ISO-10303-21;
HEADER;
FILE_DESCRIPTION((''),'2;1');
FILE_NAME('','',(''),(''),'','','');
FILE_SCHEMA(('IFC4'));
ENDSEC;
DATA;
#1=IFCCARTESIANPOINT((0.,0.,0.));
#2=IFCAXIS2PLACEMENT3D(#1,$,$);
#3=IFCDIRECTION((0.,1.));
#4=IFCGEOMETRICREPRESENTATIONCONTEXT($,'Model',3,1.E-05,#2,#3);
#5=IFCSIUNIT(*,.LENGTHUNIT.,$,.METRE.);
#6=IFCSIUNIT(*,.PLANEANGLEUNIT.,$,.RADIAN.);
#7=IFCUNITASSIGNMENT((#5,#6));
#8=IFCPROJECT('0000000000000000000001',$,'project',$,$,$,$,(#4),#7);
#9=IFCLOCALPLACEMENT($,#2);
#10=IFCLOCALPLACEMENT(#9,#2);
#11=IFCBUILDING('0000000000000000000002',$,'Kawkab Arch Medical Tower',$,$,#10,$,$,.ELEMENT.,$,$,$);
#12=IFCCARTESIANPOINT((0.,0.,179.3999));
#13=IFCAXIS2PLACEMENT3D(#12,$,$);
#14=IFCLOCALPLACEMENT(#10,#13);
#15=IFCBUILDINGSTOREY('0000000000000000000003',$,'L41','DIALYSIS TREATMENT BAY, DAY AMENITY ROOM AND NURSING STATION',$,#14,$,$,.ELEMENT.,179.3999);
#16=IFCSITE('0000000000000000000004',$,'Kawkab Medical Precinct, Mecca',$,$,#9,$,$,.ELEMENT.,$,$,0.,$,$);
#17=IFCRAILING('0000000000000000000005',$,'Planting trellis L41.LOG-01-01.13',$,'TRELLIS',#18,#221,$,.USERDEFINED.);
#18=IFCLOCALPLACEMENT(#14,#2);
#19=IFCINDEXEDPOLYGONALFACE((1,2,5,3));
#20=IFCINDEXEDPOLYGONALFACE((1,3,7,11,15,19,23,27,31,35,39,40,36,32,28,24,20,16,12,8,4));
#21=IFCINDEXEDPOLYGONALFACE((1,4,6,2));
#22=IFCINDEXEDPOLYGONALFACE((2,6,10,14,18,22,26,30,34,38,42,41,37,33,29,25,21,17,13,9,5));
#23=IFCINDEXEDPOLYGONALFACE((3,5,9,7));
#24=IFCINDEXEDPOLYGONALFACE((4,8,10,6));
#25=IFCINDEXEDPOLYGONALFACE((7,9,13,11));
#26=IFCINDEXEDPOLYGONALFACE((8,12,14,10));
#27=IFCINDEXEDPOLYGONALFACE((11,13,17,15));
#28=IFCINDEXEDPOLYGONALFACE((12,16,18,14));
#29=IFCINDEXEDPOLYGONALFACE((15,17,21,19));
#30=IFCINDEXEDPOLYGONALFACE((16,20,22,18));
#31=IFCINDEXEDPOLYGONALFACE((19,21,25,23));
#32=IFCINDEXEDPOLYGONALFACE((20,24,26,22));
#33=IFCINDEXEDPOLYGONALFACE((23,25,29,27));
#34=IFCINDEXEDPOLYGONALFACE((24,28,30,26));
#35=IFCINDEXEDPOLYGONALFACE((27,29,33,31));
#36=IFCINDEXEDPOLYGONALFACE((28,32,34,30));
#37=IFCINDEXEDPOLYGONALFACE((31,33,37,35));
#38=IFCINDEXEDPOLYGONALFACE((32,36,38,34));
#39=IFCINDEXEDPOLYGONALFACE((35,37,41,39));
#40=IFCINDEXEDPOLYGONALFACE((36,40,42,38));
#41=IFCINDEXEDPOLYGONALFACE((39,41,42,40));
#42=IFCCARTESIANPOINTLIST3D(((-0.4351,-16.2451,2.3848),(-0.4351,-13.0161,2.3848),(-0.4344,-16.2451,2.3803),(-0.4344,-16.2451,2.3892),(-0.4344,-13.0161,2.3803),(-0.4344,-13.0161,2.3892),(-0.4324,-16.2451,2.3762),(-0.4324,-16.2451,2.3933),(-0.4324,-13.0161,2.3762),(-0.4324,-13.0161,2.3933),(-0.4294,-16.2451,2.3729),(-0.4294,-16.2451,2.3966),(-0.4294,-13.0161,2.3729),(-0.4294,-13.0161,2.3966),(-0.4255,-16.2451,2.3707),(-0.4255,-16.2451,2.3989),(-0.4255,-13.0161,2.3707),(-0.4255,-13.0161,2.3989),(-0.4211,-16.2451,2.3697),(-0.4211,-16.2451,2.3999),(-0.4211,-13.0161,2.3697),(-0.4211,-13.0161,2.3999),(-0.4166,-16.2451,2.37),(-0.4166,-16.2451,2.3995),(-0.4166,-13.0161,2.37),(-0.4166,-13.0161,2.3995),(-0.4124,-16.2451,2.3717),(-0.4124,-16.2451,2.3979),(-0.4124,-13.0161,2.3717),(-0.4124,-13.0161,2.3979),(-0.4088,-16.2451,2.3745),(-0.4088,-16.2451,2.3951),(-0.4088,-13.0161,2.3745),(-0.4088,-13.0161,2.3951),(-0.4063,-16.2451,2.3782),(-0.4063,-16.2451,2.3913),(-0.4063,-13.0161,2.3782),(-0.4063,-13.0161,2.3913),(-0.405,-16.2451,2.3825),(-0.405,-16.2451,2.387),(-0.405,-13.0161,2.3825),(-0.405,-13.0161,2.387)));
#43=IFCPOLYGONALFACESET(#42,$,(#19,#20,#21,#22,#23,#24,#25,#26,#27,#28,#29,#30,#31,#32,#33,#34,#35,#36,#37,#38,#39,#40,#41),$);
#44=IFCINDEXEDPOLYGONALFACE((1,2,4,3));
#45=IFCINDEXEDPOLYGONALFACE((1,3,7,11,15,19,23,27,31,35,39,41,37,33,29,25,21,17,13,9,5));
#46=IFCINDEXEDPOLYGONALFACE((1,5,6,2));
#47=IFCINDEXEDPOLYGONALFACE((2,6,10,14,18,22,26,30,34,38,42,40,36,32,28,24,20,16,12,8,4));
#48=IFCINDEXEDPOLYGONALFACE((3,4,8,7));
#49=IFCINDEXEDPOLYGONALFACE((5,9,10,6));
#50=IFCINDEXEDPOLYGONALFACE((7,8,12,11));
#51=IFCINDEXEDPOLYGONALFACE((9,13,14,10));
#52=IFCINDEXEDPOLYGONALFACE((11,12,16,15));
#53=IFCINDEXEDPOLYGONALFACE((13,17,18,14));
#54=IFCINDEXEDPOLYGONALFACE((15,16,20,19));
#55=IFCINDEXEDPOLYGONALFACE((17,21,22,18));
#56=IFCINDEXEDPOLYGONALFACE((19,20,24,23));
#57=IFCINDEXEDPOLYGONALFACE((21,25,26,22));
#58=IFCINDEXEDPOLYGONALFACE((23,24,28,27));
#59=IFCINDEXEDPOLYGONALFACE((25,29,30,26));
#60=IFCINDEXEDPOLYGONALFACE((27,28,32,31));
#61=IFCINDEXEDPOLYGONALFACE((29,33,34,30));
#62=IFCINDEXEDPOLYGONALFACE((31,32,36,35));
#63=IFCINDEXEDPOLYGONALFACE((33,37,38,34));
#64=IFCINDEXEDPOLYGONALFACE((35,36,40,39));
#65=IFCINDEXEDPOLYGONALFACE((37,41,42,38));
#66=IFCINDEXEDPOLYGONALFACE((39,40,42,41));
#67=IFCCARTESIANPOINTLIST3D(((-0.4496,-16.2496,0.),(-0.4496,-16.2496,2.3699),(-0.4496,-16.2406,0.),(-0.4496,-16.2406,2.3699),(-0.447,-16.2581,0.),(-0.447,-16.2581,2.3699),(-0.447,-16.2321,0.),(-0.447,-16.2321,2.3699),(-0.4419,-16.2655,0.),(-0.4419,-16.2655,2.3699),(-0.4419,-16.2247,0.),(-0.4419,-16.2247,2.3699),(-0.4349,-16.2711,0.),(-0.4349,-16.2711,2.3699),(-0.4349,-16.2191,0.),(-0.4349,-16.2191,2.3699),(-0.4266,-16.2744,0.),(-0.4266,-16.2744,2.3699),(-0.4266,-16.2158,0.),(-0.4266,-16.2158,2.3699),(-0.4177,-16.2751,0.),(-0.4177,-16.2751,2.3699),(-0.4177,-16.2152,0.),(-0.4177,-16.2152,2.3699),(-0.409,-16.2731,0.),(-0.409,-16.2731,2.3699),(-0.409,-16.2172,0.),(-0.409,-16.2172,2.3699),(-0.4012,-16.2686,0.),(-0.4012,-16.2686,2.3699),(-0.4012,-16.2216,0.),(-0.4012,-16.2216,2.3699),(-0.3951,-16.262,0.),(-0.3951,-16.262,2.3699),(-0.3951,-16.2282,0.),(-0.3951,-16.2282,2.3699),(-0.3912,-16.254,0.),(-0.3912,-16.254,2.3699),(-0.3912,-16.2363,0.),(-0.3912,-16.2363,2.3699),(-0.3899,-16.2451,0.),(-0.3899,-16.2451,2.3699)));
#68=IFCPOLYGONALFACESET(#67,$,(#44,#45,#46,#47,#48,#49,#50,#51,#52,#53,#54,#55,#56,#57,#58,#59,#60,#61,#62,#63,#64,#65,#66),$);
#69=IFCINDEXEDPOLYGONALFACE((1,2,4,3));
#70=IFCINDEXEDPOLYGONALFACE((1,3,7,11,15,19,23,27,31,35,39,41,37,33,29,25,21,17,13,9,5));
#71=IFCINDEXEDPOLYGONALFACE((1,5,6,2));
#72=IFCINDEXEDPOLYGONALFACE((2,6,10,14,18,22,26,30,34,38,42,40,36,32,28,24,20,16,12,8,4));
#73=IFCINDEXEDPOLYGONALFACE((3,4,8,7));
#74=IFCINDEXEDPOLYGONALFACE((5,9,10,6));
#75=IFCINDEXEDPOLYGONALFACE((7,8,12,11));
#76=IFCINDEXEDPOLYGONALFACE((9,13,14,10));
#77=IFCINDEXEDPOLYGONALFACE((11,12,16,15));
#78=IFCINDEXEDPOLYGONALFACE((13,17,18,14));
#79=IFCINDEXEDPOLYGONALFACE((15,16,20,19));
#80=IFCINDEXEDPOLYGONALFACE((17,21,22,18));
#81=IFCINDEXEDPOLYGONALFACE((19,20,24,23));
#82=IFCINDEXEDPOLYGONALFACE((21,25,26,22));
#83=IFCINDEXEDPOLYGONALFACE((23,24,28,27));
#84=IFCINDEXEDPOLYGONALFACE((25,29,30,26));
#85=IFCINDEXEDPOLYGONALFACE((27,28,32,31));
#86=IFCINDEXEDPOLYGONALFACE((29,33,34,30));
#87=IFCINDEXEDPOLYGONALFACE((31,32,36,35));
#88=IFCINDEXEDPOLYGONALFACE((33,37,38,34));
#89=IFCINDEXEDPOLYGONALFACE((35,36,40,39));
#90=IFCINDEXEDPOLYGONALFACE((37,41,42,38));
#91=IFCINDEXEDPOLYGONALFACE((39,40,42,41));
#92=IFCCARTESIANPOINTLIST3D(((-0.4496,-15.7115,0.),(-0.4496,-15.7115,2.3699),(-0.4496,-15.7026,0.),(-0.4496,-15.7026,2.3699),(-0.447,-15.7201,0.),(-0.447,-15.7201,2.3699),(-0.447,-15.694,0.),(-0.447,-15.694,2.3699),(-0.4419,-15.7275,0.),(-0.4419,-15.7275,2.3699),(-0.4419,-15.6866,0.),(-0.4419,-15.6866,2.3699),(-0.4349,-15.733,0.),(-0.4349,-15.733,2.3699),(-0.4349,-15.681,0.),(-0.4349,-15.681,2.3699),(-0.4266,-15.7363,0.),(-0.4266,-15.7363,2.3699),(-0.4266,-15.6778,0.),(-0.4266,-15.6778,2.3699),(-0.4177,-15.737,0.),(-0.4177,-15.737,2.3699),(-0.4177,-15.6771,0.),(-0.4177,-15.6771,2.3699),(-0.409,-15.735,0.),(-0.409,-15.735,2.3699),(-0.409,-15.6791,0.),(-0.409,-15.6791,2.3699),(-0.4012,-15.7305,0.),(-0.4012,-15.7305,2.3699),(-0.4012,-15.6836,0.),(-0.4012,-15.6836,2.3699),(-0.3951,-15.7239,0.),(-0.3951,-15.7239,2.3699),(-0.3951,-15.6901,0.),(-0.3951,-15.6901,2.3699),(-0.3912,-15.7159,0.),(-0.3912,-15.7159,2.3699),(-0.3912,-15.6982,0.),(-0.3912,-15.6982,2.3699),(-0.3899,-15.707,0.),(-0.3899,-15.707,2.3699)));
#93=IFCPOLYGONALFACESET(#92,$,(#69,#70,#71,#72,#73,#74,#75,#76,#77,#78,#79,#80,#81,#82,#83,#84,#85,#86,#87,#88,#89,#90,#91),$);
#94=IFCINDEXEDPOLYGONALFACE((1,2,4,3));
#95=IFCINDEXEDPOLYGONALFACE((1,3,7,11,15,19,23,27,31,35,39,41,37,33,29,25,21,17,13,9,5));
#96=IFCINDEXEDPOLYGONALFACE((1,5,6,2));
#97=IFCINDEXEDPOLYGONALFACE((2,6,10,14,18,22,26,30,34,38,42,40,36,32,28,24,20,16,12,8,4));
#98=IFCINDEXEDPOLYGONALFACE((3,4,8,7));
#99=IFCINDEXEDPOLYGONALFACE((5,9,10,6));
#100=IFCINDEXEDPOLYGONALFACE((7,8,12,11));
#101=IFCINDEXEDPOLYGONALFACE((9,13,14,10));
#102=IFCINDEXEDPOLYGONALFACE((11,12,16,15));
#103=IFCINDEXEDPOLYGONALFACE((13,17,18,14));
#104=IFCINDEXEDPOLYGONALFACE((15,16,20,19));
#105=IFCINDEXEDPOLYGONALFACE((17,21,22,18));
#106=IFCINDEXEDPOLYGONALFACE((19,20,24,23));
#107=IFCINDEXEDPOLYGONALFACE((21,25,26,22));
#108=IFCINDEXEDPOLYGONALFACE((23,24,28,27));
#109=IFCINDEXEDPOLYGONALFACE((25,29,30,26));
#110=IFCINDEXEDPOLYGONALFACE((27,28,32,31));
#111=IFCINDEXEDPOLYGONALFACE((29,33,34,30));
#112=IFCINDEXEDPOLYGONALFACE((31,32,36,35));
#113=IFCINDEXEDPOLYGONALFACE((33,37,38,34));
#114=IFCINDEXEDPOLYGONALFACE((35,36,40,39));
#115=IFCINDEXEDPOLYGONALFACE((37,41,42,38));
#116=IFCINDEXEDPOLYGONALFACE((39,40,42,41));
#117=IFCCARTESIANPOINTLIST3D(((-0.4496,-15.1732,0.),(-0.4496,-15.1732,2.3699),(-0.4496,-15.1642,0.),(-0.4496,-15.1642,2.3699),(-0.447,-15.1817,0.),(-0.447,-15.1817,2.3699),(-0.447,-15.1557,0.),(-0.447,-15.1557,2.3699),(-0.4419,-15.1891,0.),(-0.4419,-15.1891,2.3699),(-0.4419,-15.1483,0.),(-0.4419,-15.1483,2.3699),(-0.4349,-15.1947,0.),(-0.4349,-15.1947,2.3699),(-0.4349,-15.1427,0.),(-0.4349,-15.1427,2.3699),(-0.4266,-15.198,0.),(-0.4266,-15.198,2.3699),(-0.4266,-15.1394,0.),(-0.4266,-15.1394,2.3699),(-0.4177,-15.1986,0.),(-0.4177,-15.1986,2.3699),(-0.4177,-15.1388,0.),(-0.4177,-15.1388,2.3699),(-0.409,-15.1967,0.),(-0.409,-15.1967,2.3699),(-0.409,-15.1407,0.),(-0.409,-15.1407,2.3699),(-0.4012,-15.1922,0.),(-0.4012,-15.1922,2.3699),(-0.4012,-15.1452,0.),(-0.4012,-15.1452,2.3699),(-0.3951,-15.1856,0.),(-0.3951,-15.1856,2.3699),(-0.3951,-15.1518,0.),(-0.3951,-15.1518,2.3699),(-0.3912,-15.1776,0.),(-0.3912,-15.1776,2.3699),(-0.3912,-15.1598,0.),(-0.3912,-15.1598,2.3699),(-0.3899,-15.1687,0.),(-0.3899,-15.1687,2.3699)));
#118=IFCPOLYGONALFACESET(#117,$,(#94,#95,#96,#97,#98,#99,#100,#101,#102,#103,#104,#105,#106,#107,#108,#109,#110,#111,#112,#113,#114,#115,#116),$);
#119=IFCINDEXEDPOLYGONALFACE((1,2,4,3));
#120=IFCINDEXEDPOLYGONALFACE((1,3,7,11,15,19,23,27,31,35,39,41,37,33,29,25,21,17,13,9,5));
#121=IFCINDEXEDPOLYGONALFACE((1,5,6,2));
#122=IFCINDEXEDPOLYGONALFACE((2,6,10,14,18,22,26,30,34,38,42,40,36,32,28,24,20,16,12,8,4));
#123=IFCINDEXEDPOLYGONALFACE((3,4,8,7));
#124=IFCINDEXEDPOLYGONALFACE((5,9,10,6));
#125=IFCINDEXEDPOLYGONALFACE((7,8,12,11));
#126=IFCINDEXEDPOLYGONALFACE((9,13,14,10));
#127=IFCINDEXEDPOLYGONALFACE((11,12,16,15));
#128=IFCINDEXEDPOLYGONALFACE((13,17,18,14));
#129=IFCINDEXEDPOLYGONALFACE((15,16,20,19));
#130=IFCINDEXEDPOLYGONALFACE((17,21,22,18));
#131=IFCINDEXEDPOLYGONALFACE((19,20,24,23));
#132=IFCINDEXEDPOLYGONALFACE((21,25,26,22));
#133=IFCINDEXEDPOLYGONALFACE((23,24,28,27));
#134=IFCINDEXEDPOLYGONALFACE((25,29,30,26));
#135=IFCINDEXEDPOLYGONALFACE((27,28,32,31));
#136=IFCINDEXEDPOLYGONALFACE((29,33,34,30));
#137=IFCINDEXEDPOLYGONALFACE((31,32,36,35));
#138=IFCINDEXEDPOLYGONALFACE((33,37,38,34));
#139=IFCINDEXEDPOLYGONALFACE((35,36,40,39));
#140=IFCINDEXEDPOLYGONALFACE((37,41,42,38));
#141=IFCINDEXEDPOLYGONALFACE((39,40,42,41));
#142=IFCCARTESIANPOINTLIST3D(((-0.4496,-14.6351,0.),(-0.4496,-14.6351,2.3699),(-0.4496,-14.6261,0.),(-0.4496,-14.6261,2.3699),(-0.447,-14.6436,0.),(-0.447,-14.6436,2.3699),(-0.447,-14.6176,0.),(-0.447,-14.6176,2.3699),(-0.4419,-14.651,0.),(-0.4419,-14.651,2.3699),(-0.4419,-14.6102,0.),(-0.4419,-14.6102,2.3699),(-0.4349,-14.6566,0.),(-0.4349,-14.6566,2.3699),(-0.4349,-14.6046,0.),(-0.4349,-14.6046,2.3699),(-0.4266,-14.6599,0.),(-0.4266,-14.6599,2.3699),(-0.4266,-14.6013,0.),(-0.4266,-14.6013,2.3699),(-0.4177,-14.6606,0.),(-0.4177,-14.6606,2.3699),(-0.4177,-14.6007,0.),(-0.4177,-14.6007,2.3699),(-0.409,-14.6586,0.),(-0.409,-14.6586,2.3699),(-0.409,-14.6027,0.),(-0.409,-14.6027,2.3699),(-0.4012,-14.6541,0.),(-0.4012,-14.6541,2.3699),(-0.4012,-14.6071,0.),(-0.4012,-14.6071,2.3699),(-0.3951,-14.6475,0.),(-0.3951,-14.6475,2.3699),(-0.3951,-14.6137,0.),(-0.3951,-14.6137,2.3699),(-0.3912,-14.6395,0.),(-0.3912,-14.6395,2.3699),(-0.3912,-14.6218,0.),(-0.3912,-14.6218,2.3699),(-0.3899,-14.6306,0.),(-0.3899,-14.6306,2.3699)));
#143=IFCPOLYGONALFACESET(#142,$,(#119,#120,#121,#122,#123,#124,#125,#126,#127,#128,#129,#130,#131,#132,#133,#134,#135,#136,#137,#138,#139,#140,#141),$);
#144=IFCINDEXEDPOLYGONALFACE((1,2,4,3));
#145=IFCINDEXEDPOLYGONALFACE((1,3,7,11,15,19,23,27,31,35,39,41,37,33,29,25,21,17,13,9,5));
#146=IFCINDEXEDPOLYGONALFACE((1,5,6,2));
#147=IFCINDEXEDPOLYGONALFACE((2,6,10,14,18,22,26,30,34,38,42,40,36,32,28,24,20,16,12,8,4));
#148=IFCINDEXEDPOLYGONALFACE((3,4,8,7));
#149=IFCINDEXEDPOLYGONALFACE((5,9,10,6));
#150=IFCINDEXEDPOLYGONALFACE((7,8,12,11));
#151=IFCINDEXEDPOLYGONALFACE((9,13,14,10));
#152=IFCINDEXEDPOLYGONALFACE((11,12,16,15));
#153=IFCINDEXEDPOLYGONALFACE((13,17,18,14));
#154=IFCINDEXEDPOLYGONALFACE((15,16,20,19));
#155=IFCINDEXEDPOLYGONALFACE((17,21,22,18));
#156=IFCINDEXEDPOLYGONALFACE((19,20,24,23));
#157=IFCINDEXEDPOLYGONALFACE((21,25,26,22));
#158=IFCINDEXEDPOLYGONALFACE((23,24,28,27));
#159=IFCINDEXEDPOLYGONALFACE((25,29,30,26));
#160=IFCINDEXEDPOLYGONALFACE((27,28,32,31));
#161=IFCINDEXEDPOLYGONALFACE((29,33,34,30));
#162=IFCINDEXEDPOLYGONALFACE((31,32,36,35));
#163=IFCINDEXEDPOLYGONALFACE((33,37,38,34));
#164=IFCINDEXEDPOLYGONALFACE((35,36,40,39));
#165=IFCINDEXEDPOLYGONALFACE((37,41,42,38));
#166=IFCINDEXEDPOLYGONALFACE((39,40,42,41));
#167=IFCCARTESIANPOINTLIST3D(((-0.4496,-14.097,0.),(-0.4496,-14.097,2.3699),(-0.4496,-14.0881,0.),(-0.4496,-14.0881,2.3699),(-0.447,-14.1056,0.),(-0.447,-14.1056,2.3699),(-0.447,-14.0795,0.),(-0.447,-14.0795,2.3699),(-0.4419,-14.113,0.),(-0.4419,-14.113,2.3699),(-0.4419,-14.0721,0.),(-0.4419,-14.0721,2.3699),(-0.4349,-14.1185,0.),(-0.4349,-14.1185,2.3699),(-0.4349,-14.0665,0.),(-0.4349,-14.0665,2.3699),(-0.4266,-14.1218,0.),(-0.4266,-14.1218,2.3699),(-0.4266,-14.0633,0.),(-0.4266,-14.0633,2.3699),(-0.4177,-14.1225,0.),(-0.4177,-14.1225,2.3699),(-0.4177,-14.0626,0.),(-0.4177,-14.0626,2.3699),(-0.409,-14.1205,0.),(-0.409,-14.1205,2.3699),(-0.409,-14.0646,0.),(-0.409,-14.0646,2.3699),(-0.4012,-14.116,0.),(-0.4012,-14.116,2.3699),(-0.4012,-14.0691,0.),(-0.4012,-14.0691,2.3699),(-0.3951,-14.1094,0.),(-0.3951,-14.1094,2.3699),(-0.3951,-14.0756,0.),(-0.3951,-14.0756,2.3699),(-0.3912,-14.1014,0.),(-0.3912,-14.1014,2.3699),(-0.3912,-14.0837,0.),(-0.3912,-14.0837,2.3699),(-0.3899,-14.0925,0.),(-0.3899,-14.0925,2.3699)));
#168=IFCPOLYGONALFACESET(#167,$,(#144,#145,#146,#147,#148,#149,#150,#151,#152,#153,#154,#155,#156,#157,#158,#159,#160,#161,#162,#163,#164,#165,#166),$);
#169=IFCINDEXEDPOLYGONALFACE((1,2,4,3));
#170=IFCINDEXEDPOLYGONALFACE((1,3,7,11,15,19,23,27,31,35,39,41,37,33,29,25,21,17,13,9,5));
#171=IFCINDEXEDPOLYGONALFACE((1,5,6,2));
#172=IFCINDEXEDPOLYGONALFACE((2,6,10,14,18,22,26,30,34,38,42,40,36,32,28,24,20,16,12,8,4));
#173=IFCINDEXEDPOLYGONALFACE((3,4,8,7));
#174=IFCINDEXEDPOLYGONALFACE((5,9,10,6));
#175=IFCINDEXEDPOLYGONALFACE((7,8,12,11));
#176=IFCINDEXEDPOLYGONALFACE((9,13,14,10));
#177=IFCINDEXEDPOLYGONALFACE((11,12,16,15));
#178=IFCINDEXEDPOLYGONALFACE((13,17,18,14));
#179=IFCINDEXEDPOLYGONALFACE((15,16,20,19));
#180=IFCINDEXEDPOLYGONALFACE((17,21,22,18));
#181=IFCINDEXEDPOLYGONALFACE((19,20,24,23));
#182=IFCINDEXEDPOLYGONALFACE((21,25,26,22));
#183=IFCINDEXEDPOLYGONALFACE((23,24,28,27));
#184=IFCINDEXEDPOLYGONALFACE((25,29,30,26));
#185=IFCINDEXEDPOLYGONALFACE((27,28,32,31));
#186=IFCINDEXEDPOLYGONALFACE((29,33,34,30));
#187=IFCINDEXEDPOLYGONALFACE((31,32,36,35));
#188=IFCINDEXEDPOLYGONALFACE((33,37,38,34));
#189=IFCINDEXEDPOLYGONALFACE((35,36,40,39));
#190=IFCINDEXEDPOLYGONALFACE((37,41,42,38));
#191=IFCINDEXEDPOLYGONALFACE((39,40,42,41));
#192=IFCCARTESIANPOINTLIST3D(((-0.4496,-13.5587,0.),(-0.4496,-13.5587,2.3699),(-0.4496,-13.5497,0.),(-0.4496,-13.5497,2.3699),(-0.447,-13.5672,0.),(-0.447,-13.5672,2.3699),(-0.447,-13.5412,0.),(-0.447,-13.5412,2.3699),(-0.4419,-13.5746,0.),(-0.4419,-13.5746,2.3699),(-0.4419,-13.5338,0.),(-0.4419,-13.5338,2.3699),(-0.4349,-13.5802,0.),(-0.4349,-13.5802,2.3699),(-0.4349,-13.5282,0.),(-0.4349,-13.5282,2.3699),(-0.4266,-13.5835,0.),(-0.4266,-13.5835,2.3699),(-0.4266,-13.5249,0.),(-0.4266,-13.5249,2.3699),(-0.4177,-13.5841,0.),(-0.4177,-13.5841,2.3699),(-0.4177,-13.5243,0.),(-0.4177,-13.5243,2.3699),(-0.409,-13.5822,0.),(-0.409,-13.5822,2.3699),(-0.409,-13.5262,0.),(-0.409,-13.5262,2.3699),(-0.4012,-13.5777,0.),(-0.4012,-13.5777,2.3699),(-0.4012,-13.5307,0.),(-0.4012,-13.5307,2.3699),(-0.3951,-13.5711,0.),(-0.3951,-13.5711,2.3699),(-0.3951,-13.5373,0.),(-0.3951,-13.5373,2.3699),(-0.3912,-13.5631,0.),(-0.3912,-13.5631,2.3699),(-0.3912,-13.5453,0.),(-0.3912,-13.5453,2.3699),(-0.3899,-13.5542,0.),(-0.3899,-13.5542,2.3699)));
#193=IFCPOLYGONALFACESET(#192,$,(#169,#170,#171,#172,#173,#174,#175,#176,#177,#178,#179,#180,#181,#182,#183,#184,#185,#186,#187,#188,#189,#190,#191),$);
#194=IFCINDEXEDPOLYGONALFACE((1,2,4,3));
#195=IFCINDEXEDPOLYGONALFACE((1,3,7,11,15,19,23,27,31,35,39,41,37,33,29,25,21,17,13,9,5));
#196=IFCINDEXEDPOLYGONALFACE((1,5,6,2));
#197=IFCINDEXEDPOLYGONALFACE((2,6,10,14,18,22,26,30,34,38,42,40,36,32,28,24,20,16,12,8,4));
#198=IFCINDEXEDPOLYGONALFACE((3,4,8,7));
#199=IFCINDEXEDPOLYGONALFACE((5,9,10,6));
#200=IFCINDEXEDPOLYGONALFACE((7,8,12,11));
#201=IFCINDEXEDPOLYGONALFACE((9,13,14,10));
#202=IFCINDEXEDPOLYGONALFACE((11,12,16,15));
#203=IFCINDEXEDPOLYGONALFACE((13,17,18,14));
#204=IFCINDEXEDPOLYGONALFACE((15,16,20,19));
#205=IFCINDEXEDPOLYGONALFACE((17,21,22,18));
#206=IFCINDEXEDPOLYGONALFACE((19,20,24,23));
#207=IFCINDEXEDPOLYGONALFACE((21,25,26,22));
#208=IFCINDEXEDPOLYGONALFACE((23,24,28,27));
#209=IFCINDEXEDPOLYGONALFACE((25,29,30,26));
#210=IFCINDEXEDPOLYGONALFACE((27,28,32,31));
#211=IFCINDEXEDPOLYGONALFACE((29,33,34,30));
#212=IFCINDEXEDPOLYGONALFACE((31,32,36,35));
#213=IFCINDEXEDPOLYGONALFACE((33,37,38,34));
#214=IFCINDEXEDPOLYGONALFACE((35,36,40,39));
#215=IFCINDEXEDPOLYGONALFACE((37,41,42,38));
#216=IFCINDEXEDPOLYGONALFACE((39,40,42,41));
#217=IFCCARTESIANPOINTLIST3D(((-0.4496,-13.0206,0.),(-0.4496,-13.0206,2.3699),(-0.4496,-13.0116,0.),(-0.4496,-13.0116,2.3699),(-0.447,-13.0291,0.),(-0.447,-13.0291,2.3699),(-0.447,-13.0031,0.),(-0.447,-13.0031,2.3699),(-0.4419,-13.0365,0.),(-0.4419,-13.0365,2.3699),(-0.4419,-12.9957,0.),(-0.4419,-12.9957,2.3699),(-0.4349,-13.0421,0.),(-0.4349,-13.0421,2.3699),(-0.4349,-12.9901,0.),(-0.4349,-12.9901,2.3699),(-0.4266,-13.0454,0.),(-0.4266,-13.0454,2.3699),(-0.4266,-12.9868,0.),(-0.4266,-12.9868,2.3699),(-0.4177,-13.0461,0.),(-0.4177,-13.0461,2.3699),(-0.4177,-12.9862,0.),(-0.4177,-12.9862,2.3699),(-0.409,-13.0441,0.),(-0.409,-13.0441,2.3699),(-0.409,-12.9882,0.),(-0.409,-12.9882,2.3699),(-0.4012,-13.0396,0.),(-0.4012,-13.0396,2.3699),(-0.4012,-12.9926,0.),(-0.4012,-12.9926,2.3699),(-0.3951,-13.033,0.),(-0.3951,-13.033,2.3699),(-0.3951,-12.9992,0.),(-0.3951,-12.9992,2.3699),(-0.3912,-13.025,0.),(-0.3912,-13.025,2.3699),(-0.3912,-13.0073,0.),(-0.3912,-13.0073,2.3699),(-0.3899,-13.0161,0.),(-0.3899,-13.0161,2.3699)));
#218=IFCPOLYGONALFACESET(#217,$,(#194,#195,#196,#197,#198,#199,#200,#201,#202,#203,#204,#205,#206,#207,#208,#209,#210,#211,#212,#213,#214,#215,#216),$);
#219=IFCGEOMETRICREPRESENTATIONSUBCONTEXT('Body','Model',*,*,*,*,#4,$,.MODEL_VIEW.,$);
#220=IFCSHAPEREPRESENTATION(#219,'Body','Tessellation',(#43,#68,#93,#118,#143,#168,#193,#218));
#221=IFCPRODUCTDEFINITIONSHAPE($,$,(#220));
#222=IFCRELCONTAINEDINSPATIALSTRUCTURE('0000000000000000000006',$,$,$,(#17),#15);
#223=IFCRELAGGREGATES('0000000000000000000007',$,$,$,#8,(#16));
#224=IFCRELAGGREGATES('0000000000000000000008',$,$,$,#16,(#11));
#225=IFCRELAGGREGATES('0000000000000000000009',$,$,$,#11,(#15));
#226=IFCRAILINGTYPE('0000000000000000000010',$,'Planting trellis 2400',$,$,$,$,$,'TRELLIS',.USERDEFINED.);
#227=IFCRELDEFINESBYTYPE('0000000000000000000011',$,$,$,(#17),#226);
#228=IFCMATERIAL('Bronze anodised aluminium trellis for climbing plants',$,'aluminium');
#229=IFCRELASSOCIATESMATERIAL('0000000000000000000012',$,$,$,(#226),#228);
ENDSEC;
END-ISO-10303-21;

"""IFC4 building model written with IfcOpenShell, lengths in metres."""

from ifc_helpers import new_model, si_unit, direction, frame, origin, origin_2d, place, context, subcontext, project, spatial, circle, extrude, material, type_object, element, save


model = new_model("IFC4")

# Units and contexts
model_context = context("Model", 3, precision=1e-05, world=origin(), true_north=direction((0.0, 1.0)))
body_context = subcontext(model_context, "Body", "Model", "MODEL_VIEW")
ifc_project = project(units=[si_unit("LENGTHUNIT", "METRE"), si_unit("PLANEANGLEUNIT", "RADIAN")], contexts=[model_context])

# Site, building, storey
site_placement = place(None, origin())
site = spatial("IfcSite", under=ifc_project, at=site_placement, Name="Kawkab Medical Precinct, Mecca", CompositionType="ELEMENT", RefElevation=0.0)
building_placement = place(site_placement, origin())
building = spatial("IfcBuilding", under=site, at=building_placement, Name="Kawkab Arch Medical Tower", CompositionType="ELEMENT")
storey_placement = place(building_placement, frame((0.0, 0.0, 179.3999)))
storey = spatial("IfcBuildingStorey", under=building, at=storey_placement, Name="L41", Description="DIALYSIS TREATMENT BAY, DAY AMENITY ROOM AND NURSING STATION", CompositionType="ELEMENT", Elevation=179.3999)

# Railing
ifc_material_1 = material(Name="Bronze anodised aluminium trellis for climbing plants", Category="aluminium")
railing_type_1 = type_object("IfcRailingType", Name="Planting trellis 2400", ElementType="TRELLIS", PredefinedType="USERDEFINED", material=ifc_material_1)
railing_1_placement = place(storey_placement, frame((-0.4199, -16.2451, 0.0)))
element("IfcRailing", 1, at=railing_1_placement, inside=storey, type_object=railing_type_1, Name="Planting trellis L41.LOG-01-01.13", ObjectType="TRELLIS", PredefinedType="USERDEFINED", context=body_context, shape_type="SweptSolid", body=[
    extrude(circle(Radius=0.0151, at=origin_2d()), frame((0.0, 0.0, 2.3848), z_axis=(0.0, 1.0, 0.0), x_axis=(-1.0, 0.0, 0.0)), (0.0, 0.0, 1.0), 3.229),
    extrude(circle(Radius=0.03, at=origin_2d()), origin(), (0.0, 0.0, 1.0), 2.3699),
    extrude(circle(Radius=0.03, at=origin_2d()), frame((0.0, 0.5381, 0.0)), (0.0, 0.0, 1.0), 2.3699),
    extrude(circle(Radius=0.03, at=origin_2d()), frame((0.0, 1.0764, 0.0)), (0.0, 0.0, 1.0), 2.3699),
    extrude(circle(Radius=0.03, at=origin_2d()), frame((0.0, 1.6145, 0.0)), (0.0, 0.0, 1.0), 2.3699),
    extrude(circle(Radius=0.03, at=origin_2d()), frame((0.0, 2.1526, 0.0)), (0.0, 0.0, 1.0), 2.3699),
    extrude(circle(Radius=0.03, at=origin_2d()), frame((0.0, 2.6909, 0.0)), (0.0, 0.0, 1.0), 2.3699),
    extrude(circle(Radius=0.03, at=origin_2d()), frame((0.0, 3.229, 0.0)), (0.0, 0.0, 1.0), 2.3699),
])

save(model, "model.ifc")
